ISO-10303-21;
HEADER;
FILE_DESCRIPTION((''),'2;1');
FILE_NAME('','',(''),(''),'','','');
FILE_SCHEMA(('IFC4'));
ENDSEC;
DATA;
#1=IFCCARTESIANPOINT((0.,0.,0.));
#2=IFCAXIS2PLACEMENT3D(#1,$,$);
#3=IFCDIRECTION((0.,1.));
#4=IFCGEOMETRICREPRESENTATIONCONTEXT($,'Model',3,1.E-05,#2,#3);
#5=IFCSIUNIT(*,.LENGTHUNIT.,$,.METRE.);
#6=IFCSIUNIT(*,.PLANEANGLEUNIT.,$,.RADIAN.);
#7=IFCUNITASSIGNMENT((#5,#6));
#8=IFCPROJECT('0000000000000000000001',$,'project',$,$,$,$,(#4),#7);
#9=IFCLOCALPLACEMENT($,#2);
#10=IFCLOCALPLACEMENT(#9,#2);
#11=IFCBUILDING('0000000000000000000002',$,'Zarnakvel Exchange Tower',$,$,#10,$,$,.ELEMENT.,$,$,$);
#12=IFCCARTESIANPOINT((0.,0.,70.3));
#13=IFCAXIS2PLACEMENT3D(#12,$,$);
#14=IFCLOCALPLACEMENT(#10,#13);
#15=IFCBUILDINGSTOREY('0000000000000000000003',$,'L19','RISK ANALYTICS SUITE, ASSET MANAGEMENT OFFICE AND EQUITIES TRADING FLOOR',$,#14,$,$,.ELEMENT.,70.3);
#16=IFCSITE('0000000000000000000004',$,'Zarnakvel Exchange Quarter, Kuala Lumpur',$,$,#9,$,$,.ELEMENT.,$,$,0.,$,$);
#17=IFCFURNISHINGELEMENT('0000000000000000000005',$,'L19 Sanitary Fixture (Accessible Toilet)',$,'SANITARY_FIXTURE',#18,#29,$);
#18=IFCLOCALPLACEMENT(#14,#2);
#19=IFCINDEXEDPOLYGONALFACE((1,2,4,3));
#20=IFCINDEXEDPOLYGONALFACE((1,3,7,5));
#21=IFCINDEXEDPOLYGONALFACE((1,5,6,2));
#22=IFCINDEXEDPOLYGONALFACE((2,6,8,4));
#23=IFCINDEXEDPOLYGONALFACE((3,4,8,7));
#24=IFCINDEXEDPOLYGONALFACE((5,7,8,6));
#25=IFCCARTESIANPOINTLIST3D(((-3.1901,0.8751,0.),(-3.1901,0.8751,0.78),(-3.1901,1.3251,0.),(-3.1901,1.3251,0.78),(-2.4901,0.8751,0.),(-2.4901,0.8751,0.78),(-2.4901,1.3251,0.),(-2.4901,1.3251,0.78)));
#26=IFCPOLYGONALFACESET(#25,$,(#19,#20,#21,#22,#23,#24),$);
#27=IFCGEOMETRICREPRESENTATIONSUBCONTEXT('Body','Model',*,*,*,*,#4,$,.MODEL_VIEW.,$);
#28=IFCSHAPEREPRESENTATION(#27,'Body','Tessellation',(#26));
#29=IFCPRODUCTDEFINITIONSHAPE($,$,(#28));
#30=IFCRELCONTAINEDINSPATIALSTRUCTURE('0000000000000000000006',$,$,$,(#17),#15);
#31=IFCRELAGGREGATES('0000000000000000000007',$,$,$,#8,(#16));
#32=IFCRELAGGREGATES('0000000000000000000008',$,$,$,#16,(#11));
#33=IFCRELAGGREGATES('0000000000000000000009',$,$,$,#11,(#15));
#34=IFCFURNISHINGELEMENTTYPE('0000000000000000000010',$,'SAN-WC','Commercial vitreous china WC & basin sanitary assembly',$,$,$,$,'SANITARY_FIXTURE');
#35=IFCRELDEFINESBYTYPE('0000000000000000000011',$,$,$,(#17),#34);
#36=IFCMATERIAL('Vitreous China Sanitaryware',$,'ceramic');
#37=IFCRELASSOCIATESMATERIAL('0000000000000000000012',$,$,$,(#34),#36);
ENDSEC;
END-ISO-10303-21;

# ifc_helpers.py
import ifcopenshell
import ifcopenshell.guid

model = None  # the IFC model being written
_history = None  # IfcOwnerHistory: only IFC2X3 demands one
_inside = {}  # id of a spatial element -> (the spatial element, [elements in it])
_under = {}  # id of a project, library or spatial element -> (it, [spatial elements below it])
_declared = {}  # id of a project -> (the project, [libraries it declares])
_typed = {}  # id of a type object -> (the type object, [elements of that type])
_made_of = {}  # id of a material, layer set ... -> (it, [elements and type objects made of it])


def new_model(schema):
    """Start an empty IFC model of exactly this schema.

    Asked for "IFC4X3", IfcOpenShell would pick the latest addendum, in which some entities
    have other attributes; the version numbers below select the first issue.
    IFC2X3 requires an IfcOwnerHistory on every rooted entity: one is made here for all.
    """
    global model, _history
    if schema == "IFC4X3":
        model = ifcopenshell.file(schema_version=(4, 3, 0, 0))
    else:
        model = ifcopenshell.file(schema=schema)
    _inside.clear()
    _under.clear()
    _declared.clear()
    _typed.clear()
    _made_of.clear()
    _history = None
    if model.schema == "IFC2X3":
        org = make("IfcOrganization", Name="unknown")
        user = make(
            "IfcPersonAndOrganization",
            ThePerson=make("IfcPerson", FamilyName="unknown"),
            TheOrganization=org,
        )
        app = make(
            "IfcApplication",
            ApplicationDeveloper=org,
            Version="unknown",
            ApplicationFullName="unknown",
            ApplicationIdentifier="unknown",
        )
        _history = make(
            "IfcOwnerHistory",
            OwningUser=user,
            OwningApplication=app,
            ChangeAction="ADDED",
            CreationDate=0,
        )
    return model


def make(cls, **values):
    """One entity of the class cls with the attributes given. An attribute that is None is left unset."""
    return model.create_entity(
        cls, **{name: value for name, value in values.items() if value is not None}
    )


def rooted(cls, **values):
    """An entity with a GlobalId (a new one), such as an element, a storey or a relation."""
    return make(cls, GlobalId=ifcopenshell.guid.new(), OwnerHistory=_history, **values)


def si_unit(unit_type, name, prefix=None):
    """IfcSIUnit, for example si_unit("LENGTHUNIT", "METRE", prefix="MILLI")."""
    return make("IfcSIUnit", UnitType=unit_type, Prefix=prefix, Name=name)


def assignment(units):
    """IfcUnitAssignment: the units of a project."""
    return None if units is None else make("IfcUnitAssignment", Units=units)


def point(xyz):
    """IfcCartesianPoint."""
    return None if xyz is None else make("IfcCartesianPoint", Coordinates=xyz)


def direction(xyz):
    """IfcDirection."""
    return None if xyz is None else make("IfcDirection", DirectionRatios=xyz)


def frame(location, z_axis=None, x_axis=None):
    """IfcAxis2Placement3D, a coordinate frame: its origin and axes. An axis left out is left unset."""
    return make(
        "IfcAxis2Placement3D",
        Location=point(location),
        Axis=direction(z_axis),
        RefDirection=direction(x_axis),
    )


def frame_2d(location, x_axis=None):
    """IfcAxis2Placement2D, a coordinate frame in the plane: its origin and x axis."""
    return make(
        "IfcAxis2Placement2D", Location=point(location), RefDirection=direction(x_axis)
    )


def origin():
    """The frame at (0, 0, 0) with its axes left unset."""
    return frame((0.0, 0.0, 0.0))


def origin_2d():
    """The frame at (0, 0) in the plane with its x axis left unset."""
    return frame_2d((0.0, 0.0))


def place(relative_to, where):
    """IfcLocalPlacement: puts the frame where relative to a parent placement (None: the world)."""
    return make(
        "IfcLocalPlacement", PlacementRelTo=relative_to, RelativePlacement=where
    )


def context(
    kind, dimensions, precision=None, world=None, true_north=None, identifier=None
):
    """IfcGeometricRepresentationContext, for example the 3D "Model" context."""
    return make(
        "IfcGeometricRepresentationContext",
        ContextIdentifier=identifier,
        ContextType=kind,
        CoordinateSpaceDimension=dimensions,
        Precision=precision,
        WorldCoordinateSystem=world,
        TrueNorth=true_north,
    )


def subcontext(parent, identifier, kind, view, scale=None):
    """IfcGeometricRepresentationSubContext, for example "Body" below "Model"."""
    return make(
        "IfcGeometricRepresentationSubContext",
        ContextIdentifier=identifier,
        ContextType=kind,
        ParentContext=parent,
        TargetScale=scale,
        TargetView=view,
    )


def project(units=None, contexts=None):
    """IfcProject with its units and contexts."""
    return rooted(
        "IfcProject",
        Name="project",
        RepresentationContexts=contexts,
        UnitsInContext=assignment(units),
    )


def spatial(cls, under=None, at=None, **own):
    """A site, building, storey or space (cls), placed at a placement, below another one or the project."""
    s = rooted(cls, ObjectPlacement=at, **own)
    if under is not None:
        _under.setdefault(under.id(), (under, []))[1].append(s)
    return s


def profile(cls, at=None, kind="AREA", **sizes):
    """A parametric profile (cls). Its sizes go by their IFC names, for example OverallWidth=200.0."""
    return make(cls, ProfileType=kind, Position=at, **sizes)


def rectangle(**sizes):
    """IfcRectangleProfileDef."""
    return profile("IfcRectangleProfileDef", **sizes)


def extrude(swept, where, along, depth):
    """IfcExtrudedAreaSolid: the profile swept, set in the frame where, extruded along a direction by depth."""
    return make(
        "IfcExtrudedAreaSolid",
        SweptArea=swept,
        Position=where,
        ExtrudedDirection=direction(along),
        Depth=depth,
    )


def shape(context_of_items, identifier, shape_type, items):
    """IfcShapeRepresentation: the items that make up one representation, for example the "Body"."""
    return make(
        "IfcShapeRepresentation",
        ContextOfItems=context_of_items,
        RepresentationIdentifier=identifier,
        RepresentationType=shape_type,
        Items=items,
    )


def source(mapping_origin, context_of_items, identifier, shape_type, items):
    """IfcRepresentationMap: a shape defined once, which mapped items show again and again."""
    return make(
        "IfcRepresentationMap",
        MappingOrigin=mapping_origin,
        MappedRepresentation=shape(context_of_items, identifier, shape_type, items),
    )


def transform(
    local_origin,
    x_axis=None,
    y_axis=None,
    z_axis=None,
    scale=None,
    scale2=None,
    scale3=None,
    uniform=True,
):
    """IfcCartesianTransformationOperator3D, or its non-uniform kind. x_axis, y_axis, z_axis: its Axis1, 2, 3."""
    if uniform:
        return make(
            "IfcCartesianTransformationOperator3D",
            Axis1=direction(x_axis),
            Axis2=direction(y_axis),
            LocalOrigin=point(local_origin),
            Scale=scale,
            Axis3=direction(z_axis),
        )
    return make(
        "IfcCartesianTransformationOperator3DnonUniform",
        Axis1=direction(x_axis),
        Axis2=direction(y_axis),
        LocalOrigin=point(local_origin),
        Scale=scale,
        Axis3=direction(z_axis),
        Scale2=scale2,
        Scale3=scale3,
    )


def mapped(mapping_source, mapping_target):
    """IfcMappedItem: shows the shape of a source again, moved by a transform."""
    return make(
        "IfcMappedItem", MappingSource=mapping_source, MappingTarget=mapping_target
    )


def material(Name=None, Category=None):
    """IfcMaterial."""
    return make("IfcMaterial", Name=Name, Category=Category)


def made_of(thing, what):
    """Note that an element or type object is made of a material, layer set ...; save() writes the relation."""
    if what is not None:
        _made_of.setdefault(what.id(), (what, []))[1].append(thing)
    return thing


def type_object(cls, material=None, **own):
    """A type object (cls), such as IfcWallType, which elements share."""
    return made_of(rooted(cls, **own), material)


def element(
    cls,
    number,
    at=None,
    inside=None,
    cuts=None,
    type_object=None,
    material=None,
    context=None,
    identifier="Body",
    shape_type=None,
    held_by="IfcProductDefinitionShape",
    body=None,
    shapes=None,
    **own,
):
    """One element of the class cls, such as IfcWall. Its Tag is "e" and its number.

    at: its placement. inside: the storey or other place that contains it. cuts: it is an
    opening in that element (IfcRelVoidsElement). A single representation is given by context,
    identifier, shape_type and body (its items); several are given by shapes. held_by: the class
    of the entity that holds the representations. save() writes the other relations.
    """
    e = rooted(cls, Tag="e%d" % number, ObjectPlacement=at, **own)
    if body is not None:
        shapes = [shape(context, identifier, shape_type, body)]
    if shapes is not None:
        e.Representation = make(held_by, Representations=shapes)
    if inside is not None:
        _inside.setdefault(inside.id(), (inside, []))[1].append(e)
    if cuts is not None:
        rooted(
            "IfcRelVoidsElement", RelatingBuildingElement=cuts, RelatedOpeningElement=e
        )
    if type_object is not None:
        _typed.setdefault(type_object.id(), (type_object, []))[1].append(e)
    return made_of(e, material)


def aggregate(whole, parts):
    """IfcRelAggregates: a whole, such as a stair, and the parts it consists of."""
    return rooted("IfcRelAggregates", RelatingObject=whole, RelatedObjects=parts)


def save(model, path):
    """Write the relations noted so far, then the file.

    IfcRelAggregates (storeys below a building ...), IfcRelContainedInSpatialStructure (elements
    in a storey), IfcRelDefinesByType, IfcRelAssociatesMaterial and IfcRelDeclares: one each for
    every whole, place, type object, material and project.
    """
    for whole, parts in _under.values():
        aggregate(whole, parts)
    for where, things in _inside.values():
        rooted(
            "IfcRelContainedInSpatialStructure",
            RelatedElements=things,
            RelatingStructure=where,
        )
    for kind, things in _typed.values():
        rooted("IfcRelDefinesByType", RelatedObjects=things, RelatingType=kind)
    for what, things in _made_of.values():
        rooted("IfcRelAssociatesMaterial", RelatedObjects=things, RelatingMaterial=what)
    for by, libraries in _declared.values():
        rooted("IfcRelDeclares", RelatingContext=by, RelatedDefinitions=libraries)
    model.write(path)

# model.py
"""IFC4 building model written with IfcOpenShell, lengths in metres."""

from ifc_helpers import new_model, si_unit, direction, frame, origin, origin_2d, place, context, subcontext, project, spatial, rectangle, extrude, source, transform, mapped, material, type_object, element, save


model = new_model("IFC4")

# Units and contexts
model_context = context("Model", 3, precision=1e-05, world=origin(), true_north=direction((0.0, 1.0)))
body_context = subcontext(model_context, "Body", "Model", "MODEL_VIEW")
ifc_project = project(units=[si_unit("LENGTHUNIT", "METRE"), si_unit("PLANEANGLEUNIT", "RADIAN")], contexts=[model_context])

# Site, building, storey
site_placement = place(None, origin())
site = spatial("IfcSite", under=ifc_project, at=site_placement, Name="Zarnakvel Exchange Quarter, Kuala Lumpur", CompositionType="ELEMENT", RefElevation=0.0)
building_placement = place(site_placement, origin())
building = spatial("IfcBuilding", under=site, at=building_placement, Name="Zarnakvel Exchange Tower", CompositionType="ELEMENT")
storey_placement = place(building_placement, frame((0.0, 0.0, 70.3)))
storey = spatial("IfcBuildingStorey", under=building, at=storey_placement, Name="L19", Description="RISK ANALYTICS SUITE, ASSET MANAGEMENT OFFICE AND EQUITIES TRADING FLOOR", CompositionType="ELEMENT", Elevation=70.3)

# Furnishing element
ifc_material_1 = material(Name="Vitreous China Sanitaryware", Category="ceramic")
furnishing_element_type = type_object("IfcFurnishingElementType", Name="SAN-WC", Description="Commercial vitreous china WC & basin sanitary assembly", ElementType="SANITARY_FIXTURE", material=ifc_material_1)
shared_shape_1 = source(origin(), body_context, "Body", "SweptSolid", [
    extrude(rectangle(XDim=0.7, YDim=0.45, at=origin_2d()), origin(), (0.0, 0.0, 1.0), 0.78),
])
furnishing_placement = place(storey_placement, frame((-2.8401, 1.1001, 0.0), z_axis=(0.0, 0.0, 1.0), x_axis=(1.0, 0.0, 0.0)))
element("IfcFurnishingElement", 1, at=furnishing_placement, inside=storey, type_object=furnishing_element_type, Name="L19 Sanitary Fixture (Accessible Toilet)", ObjectType="SANITARY_FIXTURE", context=body_context, shape_type="MappedRepresentation", body=[
    mapped(shared_shape_1, transform((0.0, 0.0, 0.0), x_axis=(1.0, 0.0, 0.0), y_axis=(0.0, 1.0, 0.0), z_axis=(0.0, 0.0, 1.0), scale=1.0)),
])

save(model, "model.ifc")
